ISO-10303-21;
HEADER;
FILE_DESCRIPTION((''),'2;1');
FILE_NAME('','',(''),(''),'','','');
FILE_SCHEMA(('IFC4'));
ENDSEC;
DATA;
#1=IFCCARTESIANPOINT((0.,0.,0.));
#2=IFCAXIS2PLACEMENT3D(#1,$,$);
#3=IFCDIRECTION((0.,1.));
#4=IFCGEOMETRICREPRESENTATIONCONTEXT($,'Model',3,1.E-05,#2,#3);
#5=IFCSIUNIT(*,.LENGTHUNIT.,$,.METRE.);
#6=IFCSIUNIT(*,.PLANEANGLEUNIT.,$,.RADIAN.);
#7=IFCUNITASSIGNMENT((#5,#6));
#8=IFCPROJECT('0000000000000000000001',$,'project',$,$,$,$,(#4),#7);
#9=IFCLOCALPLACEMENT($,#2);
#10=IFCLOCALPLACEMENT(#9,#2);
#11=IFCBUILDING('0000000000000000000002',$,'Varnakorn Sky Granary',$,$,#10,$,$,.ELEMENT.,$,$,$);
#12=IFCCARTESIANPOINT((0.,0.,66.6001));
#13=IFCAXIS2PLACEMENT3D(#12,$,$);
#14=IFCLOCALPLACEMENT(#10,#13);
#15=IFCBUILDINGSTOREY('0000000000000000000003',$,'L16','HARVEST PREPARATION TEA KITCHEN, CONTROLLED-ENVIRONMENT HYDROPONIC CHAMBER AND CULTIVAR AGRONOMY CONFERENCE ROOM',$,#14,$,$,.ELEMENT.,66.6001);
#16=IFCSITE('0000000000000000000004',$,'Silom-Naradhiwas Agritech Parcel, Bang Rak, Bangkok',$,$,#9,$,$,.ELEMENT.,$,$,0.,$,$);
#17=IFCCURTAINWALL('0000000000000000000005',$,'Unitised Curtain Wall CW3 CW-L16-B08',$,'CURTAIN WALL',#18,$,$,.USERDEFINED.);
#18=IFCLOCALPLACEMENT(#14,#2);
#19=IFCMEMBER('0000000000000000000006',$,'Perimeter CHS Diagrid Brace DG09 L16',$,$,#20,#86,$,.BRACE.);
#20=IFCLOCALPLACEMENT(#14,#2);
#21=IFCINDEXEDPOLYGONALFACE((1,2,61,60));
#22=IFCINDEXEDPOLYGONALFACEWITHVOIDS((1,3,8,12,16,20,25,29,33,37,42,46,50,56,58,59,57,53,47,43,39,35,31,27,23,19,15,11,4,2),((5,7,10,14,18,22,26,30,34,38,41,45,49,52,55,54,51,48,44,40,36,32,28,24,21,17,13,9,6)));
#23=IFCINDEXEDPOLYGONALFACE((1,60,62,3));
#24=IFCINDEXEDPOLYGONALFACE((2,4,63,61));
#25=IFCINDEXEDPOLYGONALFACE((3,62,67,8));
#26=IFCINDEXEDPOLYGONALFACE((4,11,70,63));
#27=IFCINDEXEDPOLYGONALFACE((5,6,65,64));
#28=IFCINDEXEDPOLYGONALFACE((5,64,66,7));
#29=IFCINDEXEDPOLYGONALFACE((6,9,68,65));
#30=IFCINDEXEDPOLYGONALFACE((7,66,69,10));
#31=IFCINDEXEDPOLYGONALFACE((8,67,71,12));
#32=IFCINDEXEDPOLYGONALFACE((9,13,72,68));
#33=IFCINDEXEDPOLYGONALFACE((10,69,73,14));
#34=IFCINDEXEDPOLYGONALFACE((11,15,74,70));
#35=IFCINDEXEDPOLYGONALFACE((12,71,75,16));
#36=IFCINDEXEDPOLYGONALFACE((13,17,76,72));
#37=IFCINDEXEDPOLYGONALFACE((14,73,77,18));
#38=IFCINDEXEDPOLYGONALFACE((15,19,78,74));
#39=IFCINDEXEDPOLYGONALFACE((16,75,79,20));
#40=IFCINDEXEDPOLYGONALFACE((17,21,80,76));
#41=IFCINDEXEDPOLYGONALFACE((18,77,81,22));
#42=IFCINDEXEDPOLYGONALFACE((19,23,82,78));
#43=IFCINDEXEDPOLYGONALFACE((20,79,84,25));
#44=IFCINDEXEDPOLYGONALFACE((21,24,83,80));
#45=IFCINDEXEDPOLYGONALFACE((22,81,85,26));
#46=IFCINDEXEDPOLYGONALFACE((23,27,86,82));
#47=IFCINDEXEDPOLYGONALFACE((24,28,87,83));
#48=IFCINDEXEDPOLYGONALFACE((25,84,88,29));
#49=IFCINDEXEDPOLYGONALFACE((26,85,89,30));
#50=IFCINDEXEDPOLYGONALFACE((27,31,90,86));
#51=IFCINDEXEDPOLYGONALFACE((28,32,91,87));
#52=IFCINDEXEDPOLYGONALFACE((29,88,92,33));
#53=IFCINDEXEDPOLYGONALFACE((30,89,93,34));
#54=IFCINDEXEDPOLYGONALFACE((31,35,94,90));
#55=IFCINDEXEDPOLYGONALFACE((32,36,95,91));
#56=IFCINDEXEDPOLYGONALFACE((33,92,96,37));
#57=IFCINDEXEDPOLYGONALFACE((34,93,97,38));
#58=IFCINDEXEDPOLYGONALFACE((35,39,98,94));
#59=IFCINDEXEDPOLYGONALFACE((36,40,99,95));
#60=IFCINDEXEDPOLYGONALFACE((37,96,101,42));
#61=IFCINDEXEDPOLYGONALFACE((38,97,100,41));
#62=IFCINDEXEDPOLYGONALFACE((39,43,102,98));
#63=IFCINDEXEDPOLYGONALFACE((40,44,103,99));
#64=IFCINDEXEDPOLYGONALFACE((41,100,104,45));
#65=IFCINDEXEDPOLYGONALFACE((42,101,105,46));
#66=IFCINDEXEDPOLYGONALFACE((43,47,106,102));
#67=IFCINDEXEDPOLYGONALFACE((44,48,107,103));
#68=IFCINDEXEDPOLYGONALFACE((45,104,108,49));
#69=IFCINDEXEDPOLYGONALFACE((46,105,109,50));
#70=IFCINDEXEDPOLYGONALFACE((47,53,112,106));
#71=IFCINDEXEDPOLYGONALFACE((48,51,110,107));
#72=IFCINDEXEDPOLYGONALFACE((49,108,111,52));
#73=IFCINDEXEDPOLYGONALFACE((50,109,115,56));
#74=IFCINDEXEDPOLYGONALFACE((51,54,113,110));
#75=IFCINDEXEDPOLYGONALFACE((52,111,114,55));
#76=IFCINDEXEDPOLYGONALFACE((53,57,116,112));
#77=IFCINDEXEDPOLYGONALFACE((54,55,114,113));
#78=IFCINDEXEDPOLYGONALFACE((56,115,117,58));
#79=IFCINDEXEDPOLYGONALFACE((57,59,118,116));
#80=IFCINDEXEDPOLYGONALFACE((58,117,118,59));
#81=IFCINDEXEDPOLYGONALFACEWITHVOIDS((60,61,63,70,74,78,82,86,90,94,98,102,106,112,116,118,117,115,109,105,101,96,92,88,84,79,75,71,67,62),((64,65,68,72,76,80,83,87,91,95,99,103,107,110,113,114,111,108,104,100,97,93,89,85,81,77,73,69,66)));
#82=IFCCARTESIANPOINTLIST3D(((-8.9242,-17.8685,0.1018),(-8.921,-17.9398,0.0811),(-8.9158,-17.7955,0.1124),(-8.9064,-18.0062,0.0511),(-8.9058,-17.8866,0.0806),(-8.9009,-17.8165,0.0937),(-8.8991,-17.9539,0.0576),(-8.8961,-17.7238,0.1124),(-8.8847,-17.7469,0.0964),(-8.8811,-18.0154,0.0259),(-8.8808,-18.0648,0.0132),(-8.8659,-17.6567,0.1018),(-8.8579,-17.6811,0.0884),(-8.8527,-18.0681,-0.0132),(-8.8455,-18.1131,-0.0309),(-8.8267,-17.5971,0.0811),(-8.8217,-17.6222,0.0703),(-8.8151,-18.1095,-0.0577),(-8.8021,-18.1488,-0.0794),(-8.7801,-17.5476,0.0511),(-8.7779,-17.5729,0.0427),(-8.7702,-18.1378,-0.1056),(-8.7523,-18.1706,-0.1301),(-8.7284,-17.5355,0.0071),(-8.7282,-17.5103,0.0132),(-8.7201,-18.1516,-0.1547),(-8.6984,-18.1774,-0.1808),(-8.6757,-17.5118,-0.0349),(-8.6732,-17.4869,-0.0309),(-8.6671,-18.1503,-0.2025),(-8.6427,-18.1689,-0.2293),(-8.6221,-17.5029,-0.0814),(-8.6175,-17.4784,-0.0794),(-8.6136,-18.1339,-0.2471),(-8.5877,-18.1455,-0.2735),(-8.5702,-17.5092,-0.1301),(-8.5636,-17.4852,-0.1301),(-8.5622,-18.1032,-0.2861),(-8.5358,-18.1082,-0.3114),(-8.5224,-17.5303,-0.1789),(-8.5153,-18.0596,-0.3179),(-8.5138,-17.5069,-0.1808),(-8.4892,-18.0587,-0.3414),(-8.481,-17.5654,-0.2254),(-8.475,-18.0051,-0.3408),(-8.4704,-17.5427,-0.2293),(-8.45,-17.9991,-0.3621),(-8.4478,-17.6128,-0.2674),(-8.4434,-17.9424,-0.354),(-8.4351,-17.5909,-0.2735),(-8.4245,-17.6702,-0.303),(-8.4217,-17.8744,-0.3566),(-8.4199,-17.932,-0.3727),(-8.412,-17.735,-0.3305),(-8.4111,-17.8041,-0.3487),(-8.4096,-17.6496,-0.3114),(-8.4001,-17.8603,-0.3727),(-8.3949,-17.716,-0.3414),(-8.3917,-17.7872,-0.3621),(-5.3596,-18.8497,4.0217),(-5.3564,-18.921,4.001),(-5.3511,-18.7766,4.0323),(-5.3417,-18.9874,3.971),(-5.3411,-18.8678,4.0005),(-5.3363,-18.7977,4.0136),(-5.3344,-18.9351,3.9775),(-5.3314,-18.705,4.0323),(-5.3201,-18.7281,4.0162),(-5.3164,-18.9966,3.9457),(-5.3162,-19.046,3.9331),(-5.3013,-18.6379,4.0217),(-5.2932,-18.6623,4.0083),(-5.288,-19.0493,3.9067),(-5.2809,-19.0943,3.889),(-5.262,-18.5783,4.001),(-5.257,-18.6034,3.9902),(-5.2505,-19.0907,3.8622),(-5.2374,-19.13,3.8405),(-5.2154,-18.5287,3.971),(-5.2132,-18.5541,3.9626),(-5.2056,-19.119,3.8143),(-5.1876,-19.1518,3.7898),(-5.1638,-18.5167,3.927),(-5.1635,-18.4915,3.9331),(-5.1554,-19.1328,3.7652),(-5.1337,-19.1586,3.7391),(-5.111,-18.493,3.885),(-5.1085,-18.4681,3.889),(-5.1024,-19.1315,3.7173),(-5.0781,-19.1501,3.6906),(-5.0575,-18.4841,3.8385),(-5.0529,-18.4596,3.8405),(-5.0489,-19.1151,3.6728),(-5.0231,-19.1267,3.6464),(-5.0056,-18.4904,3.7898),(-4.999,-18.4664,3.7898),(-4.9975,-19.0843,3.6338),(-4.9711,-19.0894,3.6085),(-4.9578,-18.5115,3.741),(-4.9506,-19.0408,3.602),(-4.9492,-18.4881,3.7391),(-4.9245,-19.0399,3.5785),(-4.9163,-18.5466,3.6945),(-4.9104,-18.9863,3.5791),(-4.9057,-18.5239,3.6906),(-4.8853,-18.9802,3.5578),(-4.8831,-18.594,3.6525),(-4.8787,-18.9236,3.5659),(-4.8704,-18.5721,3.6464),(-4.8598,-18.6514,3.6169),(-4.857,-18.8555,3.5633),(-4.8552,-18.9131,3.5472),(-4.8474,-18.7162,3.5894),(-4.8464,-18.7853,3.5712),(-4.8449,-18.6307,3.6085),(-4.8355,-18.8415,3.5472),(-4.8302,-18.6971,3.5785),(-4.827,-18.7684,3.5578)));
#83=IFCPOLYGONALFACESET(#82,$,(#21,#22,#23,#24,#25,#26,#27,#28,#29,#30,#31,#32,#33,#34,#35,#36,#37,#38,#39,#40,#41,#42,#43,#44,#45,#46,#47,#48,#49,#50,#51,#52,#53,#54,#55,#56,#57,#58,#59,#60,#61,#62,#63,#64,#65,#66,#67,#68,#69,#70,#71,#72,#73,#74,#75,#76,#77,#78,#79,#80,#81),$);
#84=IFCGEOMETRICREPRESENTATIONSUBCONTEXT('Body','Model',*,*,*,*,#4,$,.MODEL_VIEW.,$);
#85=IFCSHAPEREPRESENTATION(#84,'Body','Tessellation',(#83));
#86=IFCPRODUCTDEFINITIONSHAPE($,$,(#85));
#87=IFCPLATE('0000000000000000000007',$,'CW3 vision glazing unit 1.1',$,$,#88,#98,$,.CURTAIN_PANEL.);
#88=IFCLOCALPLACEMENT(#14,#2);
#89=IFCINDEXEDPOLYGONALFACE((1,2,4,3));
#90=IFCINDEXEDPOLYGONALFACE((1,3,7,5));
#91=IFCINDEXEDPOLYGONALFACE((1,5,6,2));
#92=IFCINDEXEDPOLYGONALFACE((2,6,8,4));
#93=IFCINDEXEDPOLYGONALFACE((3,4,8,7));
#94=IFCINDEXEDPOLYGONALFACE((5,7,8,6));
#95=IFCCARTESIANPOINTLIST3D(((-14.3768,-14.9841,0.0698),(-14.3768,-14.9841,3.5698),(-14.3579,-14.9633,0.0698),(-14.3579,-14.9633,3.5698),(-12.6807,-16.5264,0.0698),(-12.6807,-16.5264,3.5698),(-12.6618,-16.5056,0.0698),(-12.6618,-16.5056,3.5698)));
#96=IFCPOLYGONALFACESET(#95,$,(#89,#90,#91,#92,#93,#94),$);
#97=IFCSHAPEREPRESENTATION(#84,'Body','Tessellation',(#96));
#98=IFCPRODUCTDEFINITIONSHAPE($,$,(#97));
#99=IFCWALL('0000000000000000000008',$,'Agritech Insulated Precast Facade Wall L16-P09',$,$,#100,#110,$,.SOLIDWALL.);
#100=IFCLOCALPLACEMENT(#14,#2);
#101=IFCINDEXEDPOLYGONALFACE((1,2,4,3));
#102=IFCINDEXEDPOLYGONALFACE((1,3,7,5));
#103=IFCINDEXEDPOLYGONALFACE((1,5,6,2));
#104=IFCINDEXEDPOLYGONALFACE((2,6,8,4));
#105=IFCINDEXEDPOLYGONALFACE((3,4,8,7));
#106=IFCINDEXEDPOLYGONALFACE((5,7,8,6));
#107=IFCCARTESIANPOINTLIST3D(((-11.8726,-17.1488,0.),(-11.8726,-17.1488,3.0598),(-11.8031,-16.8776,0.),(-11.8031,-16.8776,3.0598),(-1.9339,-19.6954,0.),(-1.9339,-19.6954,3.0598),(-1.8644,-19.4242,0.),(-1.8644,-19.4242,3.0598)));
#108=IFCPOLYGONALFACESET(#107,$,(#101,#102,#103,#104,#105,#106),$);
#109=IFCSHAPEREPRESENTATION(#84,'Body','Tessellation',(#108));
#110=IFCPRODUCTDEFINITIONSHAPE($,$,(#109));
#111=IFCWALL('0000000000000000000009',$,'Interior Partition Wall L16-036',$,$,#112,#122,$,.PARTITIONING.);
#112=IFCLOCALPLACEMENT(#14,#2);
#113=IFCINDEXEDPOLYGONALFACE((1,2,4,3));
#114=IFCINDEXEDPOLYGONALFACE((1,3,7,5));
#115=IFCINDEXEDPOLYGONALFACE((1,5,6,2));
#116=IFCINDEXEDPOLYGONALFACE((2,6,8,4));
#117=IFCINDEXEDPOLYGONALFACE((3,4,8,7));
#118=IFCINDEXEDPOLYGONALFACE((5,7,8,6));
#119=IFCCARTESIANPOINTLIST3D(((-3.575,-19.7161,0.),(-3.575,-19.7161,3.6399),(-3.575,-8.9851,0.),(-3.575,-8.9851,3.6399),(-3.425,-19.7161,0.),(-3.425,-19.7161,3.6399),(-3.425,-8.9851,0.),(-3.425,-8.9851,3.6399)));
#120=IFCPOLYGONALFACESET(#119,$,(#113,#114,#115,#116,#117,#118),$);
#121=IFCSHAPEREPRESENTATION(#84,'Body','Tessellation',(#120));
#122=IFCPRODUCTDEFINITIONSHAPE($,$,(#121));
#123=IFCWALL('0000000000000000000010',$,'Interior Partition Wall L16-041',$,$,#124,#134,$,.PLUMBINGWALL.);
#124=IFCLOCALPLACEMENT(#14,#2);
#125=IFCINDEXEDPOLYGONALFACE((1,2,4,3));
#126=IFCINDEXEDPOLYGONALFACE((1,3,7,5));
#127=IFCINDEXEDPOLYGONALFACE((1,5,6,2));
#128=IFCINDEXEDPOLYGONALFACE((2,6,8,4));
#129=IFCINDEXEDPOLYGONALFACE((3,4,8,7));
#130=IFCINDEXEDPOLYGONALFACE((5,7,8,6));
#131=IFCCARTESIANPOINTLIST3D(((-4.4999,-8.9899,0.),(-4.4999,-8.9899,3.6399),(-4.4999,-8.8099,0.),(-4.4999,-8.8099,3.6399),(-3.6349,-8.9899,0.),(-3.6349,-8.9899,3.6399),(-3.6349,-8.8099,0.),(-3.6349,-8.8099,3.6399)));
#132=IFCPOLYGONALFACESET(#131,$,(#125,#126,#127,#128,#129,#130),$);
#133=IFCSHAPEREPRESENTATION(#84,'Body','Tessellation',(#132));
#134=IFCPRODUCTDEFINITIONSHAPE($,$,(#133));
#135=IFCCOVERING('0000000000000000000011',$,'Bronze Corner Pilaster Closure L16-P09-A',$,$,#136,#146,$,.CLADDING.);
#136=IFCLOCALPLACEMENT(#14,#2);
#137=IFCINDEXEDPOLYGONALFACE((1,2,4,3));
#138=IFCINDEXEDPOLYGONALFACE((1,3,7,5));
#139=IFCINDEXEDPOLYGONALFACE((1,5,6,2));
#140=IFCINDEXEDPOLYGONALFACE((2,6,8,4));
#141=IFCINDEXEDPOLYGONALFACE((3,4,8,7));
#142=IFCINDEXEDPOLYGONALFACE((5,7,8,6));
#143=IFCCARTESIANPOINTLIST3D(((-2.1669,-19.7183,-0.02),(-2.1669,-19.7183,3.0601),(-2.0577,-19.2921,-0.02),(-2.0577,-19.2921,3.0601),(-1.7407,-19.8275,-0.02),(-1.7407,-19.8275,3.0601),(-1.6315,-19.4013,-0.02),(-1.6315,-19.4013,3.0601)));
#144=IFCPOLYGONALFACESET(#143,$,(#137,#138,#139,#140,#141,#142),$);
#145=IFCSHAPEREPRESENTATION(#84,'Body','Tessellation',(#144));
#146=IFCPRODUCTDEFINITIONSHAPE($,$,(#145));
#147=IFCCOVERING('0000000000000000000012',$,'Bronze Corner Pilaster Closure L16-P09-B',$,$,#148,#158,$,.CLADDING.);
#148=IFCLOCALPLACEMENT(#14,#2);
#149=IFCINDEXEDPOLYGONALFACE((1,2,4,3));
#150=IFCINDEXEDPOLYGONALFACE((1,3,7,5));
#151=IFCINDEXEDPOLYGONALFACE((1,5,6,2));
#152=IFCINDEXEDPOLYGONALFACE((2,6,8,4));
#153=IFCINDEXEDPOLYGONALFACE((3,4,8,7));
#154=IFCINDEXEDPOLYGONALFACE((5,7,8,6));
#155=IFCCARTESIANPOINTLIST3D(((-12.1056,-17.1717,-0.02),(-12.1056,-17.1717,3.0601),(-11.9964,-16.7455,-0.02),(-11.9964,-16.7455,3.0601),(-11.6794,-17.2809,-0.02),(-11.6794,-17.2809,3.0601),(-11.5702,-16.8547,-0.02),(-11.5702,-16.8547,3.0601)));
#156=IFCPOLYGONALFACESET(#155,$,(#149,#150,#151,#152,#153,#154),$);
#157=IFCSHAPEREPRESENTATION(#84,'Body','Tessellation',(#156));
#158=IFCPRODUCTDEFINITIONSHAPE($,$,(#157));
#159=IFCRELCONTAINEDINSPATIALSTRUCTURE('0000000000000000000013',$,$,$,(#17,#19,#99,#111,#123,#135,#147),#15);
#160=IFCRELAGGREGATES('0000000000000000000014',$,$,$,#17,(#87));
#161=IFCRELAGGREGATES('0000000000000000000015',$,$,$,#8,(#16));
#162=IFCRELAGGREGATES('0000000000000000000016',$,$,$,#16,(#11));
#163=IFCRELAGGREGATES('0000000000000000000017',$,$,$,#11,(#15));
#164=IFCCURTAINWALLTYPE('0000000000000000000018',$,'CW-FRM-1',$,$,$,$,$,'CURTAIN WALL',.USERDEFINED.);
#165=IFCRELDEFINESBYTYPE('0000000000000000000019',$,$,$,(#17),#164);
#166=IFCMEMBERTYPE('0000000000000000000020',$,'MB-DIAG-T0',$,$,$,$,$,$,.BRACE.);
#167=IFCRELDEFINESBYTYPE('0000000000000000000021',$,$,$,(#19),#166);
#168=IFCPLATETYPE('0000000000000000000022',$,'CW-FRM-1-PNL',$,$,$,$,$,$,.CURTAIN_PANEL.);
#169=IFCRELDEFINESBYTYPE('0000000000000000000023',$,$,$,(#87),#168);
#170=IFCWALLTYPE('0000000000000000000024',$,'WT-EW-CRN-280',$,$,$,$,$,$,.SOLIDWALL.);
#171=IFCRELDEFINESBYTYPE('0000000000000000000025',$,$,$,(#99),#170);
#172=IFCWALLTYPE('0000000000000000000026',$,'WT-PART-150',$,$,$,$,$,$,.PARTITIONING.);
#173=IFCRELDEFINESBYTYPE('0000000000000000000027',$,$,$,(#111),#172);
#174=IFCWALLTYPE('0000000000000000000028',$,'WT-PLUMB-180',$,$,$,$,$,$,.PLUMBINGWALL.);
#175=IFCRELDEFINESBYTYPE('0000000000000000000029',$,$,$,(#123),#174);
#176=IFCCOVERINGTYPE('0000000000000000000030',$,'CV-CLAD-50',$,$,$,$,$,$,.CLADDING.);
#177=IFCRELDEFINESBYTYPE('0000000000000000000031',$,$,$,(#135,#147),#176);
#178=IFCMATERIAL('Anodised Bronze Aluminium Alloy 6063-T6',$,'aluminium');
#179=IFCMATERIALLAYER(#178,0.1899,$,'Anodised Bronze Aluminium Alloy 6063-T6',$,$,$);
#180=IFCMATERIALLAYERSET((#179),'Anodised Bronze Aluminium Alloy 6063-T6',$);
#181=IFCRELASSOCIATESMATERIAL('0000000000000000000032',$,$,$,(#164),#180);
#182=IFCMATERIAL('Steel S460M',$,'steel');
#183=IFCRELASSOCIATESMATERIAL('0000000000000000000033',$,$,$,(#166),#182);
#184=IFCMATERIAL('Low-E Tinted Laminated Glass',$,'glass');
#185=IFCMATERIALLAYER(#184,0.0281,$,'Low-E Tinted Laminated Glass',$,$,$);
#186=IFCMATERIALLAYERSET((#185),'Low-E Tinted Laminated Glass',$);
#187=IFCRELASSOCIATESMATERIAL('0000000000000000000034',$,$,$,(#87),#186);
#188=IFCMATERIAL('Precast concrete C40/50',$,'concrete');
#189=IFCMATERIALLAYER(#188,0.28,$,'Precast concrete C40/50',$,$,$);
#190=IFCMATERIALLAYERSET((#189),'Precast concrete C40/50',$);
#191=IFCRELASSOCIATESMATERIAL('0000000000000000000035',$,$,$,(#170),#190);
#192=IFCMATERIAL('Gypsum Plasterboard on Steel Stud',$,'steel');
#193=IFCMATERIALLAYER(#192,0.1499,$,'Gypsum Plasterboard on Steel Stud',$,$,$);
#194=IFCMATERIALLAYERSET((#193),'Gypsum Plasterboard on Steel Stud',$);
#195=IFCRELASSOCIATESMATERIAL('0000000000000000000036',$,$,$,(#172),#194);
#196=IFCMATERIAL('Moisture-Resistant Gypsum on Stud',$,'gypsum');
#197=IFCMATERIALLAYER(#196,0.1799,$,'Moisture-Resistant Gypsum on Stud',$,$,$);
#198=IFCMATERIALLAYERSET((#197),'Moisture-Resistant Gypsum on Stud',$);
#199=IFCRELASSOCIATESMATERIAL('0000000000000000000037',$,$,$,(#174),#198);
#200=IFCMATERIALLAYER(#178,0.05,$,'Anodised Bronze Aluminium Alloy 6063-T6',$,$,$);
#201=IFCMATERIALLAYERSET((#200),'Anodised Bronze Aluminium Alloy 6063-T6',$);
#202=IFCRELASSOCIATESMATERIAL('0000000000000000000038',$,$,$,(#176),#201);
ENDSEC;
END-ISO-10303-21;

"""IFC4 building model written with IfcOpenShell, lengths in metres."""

from ifc_helpers import new_model, si_unit, direction, frame, frame_2d, origin, origin_2d, place, context, subcontext, project, spatial, rectangle, hollow_circle, extrude, source, transform, mapped, material, layer, layer_set, material_profile, profile_set, type_object, type_shapes, element, aggregate, save


model = new_model("IFC4")

# Units and contexts
model_context = context("Model", 3, precision=1e-05, world=origin(), true_north=direction((0.0, 1.0)))
body_context = subcontext(model_context, "Body", "Model", "MODEL_VIEW")
ifc_project = project(units=[si_unit("LENGTHUNIT", "METRE"), si_unit("PLANEANGLEUNIT", "RADIAN")], contexts=[model_context])

# Site, building, storey
site_placement = place(None, origin())
site = spatial("IfcSite", under=ifc_project, at=site_placement, Name="Silom-Naradhiwas Agritech Parcel, Bang Rak, Bangkok", CompositionType="ELEMENT", RefElevation=0.0)
building_placement = place(site_placement, origin())
building = spatial("IfcBuilding", under=site, at=building_placement, Name="Varnakorn Sky Granary", CompositionType="ELEMENT")
storey_placement = place(building_placement, frame((0.0, 0.0, 66.6001)))
storey = spatial("IfcBuildingStorey", under=building, at=storey_placement, Name="L16", Description="HARVEST PREPARATION TEA KITCHEN, CONTROLLED-ENVIRONMENT HYDROPONIC CHAMBER AND CULTIVAR AGRONOMY CONFERENCE ROOM", CompositionType="ELEMENT", Elevation=66.6001)

# Shared definitions
ifc_material_1 = material(Name="Steel S460M", Category="steel")

# Curtain wall
ifc_material_2 = material(Name="Anodised Bronze Aluminium Alloy 6063-T6", Category="aluminium")
ifc_layer_1 = layer(ifc_material_2, 0.1899, Name="Anodised Bronze Aluminium Alloy 6063-T6")
ifc_layer_set_1 = layer_set([ifc_layer_1], Name="Anodised Bronze Aluminium Alloy 6063-T6")
curtain_wall_type = type_object("IfcCurtainWallType", Name="CW-FRM-1", ElementType="CURTAIN WALL", PredefinedType="USERDEFINED", material=ifc_layer_set_1)
curtain_wall_1_placement = place(storey_placement, origin())
curtain_wall_1 = element("IfcCurtainWall", 1, at=curtain_wall_1_placement, inside=storey, type_object=curtain_wall_type, Name="Unitised Curtain Wall CW3 CW-L16-B08", ObjectType="CURTAIN WALL", PredefinedType="USERDEFINED")

# Member
ifc_material_profile_1 = material_profile(ifc_material_1, hollow_circle(Radius=0.3555, WallThickness=0.0249, at=origin_2d()), Name="CHS 711x25")
ifc_profile_set_1 = profile_set([ifc_material_profile_1], Name="Steel S460M")
member_type_1 = type_object("IfcMemberType", Name="MB-DIAG-T0", PredefinedType="BRACE", material=ifc_profile_set_1)
member_1_placement = place(storey_placement, frame((-8.658, -17.8279, -0.1301), z_axis=(0.661542, -0.182093, 0.727465), x_axis=(0.265385, 0.964142, 0.0)))
element("IfcMember", 2, at=member_1_placement, inside=storey, type_object=member_type_1, Name="Perimeter CHS Diagrid Brace DG09 L16", PredefinedType="BRACE", context=body_context, shape_type="SweptSolid", body=[
    extrude(hollow_circle(Radius=0.3555, WallThickness=0.0249, at=origin_2d()), origin(), (0.0, 0.0, 1.0), 5.3884),
])

# Plate
ifc_material_3 = material(Name="Low-E Tinted Laminated Glass", Category="glass")
ifc_layer_2 = layer(ifc_material_3, 0.0281, Name="Low-E Tinted Laminated Glass")
ifc_layer_set_2 = layer_set([ifc_layer_2], Name="Low-E Tinted Laminated Glass")
plate_type = type_object("IfcPlateType", Name="CW-FRM-1-PNL", PredefinedType="CURTAIN_PANEL")
shared_shape_1 = source(origin(), body_context, "Body", "SweptSolid", [
    extrude(rectangle(XDim=2.2925, YDim=0.0281, at=origin_2d()), origin(), (0.0, 0.0, 1.0), 3.5),
])
type_shapes(plate_type, [shared_shape_1])
plate_placement = place(storey_placement, frame((-13.5193, -15.7449, 0.0698), z_axis=(0.0, 0.0, 1.0), x_axis=(-0.739847, 0.672776, 0.0)))
plate = element("IfcPlate", 3, at=plate_placement, type_object=plate_type, material=ifc_layer_set_2, Name="CW3 vision glazing unit 1.1", PredefinedType="CURTAIN_PANEL", context=body_context, shape_type="MappedRepresentation", body=[
    mapped(shared_shape_1, transform((0.0, 0.0, 0.0), x_axis=(1.0, 0.0, 0.0), y_axis=(0.0, 1.0, 0.0), z_axis=(0.0, 0.0, 1.0), scale=1.0)),
])
aggregate(curtain_wall_1, [plate])

# Walls
ifc_material_4 = material(Name="Precast concrete C40/50", Category="concrete")
ifc_layer_3 = layer(ifc_material_4, 0.28, Name="Precast concrete C40/50")
ifc_layer_set_3 = layer_set([ifc_layer_3], Name="Precast concrete C40/50")
wall_type_1 = type_object("IfcWallType", Name="WT-EW-CRN-280", PredefinedType="SOLIDWALL", material=ifc_layer_set_3)
wall_1_placement = place(storey_placement, frame((-1.8992, -19.5598, 0.0), z_axis=(0.0, 0.0, 1.0), x_axis=(-0.968705, 0.248214, 0.0)))
element("IfcWall", 4, at=wall_1_placement, inside=storey, type_object=wall_type_1, Name="Agritech Insulated Precast Facade Wall L16-P09", PredefinedType="SOLIDWALL", context=body_context, shape_type="SweptSolid", body=[
    extrude(rectangle(XDim=10.2598, YDim=0.28, at=frame_2d((5.1299, 0.0))), origin(), (0.0, 0.0, 1.0), 3.0598),
])
ifc_material_5 = material(Name="Gypsum Plasterboard on Steel Stud", Category="steel")
ifc_layer_4 = layer(ifc_material_5, 0.1499, Name="Gypsum Plasterboard on Steel Stud")
ifc_layer_set_4 = layer_set([ifc_layer_4], Name="Gypsum Plasterboard on Steel Stud")
wall_type_2 = type_object("IfcWallType", Name="WT-PART-150", PredefinedType="PARTITIONING", material=ifc_layer_set_4)
wall_2_placement = place(storey_placement, frame((-3.5, -19.7161, 0.0), z_axis=(0.0, 0.0, 1.0), x_axis=(0.0, 1.0, 0.0)))
element("IfcWall", 5, at=wall_2_placement, inside=storey, type_object=wall_type_2, Name="Interior Partition Wall L16-036", PredefinedType="PARTITIONING", context=body_context, shape_type="SweptSolid", body=[
    extrude(rectangle(XDim=10.731, YDim=0.1499, at=frame_2d((5.3655, 0.0))), origin(), (0.0, 0.0, 1.0), 3.6399),
])
ifc_material_6 = material(Name="Moisture-Resistant Gypsum on Stud", Category="gypsum")
ifc_layer_5 = layer(ifc_material_6, 0.1799, Name="Moisture-Resistant Gypsum on Stud")
ifc_layer_set_5 = layer_set([ifc_layer_5], Name="Moisture-Resistant Gypsum on Stud")
wall_type_3 = type_object("IfcWallType", Name="WT-PLUMB-180", PredefinedType="PLUMBINGWALL", material=ifc_layer_set_5)
wall_3_placement = place(storey_placement, frame((-4.5, -8.8999, 0.0), z_axis=(0.0, 0.0, 1.0), x_axis=(1.0, 0.0, 0.0)))
element("IfcWall", 6, at=wall_3_placement, inside=storey, type_object=wall_type_3, Name="Interior Partition Wall L16-041", PredefinedType="PLUMBINGWALL", context=body_context, shape_type="SweptSolid", body=[
    extrude(rectangle(XDim=0.865, YDim=0.1799, at=frame_2d((0.4326, 0.0))), origin(), (0.0, 0.0, 1.0), 3.6399),
])

# Coverings
ifc_layer_6 = layer(ifc_material_2, 0.05, Name="Anodised Bronze Aluminium Alloy 6063-T6")
ifc_layer_set_6 = layer_set([ifc_layer_6], Name="Anodised Bronze Aluminium Alloy 6063-T6")
covering_type = type_object("IfcCoveringType", Name="CV-CLAD-50", PredefinedType="CLADDING", material=ifc_layer_set_6)
shared_shape_2 = source(origin(), body_context, "Body", "SweptSolid", [
    extrude(rectangle(XDim=0.4399, YDim=0.4399, at=origin_2d()), origin(), (0.0, 0.0, 1.0), 3.0801),
])
type_shapes(covering_type, [shared_shape_2])
for number, where, z_axis, x_axis, name in (
    (7, (-1.8992, -19.5598, -0.02), (0.0, 0.0, 1.0), (-0.968713, 0.248183, 0.0), "Bronze Corner Pilaster Closure L16-P09-A"),
    (8, (-11.8379, -17.0132, -0.02), (0.0, 0.0, 1.0), (-0.968713, 0.248183, 0.0), "Bronze Corner Pilaster Closure L16-P09-B"),
):
    element("IfcCovering", number, at=place(storey_placement, frame(where, z_axis=z_axis, x_axis=x_axis)), inside=storey, type_object=covering_type, Name=name, PredefinedType="CLADDING", context=body_context, shape_type="MappedRepresentation", body=[
        mapped(shared_shape_2, transform((0.0, 0.0, 0.0), x_axis=(1.0, 0.0, 0.0), y_axis=(0.0, 1.0, 0.0), z_axis=(0.0, 0.0, 1.0), scale=1.0)),
    ])

save(model, "model.ifc")
